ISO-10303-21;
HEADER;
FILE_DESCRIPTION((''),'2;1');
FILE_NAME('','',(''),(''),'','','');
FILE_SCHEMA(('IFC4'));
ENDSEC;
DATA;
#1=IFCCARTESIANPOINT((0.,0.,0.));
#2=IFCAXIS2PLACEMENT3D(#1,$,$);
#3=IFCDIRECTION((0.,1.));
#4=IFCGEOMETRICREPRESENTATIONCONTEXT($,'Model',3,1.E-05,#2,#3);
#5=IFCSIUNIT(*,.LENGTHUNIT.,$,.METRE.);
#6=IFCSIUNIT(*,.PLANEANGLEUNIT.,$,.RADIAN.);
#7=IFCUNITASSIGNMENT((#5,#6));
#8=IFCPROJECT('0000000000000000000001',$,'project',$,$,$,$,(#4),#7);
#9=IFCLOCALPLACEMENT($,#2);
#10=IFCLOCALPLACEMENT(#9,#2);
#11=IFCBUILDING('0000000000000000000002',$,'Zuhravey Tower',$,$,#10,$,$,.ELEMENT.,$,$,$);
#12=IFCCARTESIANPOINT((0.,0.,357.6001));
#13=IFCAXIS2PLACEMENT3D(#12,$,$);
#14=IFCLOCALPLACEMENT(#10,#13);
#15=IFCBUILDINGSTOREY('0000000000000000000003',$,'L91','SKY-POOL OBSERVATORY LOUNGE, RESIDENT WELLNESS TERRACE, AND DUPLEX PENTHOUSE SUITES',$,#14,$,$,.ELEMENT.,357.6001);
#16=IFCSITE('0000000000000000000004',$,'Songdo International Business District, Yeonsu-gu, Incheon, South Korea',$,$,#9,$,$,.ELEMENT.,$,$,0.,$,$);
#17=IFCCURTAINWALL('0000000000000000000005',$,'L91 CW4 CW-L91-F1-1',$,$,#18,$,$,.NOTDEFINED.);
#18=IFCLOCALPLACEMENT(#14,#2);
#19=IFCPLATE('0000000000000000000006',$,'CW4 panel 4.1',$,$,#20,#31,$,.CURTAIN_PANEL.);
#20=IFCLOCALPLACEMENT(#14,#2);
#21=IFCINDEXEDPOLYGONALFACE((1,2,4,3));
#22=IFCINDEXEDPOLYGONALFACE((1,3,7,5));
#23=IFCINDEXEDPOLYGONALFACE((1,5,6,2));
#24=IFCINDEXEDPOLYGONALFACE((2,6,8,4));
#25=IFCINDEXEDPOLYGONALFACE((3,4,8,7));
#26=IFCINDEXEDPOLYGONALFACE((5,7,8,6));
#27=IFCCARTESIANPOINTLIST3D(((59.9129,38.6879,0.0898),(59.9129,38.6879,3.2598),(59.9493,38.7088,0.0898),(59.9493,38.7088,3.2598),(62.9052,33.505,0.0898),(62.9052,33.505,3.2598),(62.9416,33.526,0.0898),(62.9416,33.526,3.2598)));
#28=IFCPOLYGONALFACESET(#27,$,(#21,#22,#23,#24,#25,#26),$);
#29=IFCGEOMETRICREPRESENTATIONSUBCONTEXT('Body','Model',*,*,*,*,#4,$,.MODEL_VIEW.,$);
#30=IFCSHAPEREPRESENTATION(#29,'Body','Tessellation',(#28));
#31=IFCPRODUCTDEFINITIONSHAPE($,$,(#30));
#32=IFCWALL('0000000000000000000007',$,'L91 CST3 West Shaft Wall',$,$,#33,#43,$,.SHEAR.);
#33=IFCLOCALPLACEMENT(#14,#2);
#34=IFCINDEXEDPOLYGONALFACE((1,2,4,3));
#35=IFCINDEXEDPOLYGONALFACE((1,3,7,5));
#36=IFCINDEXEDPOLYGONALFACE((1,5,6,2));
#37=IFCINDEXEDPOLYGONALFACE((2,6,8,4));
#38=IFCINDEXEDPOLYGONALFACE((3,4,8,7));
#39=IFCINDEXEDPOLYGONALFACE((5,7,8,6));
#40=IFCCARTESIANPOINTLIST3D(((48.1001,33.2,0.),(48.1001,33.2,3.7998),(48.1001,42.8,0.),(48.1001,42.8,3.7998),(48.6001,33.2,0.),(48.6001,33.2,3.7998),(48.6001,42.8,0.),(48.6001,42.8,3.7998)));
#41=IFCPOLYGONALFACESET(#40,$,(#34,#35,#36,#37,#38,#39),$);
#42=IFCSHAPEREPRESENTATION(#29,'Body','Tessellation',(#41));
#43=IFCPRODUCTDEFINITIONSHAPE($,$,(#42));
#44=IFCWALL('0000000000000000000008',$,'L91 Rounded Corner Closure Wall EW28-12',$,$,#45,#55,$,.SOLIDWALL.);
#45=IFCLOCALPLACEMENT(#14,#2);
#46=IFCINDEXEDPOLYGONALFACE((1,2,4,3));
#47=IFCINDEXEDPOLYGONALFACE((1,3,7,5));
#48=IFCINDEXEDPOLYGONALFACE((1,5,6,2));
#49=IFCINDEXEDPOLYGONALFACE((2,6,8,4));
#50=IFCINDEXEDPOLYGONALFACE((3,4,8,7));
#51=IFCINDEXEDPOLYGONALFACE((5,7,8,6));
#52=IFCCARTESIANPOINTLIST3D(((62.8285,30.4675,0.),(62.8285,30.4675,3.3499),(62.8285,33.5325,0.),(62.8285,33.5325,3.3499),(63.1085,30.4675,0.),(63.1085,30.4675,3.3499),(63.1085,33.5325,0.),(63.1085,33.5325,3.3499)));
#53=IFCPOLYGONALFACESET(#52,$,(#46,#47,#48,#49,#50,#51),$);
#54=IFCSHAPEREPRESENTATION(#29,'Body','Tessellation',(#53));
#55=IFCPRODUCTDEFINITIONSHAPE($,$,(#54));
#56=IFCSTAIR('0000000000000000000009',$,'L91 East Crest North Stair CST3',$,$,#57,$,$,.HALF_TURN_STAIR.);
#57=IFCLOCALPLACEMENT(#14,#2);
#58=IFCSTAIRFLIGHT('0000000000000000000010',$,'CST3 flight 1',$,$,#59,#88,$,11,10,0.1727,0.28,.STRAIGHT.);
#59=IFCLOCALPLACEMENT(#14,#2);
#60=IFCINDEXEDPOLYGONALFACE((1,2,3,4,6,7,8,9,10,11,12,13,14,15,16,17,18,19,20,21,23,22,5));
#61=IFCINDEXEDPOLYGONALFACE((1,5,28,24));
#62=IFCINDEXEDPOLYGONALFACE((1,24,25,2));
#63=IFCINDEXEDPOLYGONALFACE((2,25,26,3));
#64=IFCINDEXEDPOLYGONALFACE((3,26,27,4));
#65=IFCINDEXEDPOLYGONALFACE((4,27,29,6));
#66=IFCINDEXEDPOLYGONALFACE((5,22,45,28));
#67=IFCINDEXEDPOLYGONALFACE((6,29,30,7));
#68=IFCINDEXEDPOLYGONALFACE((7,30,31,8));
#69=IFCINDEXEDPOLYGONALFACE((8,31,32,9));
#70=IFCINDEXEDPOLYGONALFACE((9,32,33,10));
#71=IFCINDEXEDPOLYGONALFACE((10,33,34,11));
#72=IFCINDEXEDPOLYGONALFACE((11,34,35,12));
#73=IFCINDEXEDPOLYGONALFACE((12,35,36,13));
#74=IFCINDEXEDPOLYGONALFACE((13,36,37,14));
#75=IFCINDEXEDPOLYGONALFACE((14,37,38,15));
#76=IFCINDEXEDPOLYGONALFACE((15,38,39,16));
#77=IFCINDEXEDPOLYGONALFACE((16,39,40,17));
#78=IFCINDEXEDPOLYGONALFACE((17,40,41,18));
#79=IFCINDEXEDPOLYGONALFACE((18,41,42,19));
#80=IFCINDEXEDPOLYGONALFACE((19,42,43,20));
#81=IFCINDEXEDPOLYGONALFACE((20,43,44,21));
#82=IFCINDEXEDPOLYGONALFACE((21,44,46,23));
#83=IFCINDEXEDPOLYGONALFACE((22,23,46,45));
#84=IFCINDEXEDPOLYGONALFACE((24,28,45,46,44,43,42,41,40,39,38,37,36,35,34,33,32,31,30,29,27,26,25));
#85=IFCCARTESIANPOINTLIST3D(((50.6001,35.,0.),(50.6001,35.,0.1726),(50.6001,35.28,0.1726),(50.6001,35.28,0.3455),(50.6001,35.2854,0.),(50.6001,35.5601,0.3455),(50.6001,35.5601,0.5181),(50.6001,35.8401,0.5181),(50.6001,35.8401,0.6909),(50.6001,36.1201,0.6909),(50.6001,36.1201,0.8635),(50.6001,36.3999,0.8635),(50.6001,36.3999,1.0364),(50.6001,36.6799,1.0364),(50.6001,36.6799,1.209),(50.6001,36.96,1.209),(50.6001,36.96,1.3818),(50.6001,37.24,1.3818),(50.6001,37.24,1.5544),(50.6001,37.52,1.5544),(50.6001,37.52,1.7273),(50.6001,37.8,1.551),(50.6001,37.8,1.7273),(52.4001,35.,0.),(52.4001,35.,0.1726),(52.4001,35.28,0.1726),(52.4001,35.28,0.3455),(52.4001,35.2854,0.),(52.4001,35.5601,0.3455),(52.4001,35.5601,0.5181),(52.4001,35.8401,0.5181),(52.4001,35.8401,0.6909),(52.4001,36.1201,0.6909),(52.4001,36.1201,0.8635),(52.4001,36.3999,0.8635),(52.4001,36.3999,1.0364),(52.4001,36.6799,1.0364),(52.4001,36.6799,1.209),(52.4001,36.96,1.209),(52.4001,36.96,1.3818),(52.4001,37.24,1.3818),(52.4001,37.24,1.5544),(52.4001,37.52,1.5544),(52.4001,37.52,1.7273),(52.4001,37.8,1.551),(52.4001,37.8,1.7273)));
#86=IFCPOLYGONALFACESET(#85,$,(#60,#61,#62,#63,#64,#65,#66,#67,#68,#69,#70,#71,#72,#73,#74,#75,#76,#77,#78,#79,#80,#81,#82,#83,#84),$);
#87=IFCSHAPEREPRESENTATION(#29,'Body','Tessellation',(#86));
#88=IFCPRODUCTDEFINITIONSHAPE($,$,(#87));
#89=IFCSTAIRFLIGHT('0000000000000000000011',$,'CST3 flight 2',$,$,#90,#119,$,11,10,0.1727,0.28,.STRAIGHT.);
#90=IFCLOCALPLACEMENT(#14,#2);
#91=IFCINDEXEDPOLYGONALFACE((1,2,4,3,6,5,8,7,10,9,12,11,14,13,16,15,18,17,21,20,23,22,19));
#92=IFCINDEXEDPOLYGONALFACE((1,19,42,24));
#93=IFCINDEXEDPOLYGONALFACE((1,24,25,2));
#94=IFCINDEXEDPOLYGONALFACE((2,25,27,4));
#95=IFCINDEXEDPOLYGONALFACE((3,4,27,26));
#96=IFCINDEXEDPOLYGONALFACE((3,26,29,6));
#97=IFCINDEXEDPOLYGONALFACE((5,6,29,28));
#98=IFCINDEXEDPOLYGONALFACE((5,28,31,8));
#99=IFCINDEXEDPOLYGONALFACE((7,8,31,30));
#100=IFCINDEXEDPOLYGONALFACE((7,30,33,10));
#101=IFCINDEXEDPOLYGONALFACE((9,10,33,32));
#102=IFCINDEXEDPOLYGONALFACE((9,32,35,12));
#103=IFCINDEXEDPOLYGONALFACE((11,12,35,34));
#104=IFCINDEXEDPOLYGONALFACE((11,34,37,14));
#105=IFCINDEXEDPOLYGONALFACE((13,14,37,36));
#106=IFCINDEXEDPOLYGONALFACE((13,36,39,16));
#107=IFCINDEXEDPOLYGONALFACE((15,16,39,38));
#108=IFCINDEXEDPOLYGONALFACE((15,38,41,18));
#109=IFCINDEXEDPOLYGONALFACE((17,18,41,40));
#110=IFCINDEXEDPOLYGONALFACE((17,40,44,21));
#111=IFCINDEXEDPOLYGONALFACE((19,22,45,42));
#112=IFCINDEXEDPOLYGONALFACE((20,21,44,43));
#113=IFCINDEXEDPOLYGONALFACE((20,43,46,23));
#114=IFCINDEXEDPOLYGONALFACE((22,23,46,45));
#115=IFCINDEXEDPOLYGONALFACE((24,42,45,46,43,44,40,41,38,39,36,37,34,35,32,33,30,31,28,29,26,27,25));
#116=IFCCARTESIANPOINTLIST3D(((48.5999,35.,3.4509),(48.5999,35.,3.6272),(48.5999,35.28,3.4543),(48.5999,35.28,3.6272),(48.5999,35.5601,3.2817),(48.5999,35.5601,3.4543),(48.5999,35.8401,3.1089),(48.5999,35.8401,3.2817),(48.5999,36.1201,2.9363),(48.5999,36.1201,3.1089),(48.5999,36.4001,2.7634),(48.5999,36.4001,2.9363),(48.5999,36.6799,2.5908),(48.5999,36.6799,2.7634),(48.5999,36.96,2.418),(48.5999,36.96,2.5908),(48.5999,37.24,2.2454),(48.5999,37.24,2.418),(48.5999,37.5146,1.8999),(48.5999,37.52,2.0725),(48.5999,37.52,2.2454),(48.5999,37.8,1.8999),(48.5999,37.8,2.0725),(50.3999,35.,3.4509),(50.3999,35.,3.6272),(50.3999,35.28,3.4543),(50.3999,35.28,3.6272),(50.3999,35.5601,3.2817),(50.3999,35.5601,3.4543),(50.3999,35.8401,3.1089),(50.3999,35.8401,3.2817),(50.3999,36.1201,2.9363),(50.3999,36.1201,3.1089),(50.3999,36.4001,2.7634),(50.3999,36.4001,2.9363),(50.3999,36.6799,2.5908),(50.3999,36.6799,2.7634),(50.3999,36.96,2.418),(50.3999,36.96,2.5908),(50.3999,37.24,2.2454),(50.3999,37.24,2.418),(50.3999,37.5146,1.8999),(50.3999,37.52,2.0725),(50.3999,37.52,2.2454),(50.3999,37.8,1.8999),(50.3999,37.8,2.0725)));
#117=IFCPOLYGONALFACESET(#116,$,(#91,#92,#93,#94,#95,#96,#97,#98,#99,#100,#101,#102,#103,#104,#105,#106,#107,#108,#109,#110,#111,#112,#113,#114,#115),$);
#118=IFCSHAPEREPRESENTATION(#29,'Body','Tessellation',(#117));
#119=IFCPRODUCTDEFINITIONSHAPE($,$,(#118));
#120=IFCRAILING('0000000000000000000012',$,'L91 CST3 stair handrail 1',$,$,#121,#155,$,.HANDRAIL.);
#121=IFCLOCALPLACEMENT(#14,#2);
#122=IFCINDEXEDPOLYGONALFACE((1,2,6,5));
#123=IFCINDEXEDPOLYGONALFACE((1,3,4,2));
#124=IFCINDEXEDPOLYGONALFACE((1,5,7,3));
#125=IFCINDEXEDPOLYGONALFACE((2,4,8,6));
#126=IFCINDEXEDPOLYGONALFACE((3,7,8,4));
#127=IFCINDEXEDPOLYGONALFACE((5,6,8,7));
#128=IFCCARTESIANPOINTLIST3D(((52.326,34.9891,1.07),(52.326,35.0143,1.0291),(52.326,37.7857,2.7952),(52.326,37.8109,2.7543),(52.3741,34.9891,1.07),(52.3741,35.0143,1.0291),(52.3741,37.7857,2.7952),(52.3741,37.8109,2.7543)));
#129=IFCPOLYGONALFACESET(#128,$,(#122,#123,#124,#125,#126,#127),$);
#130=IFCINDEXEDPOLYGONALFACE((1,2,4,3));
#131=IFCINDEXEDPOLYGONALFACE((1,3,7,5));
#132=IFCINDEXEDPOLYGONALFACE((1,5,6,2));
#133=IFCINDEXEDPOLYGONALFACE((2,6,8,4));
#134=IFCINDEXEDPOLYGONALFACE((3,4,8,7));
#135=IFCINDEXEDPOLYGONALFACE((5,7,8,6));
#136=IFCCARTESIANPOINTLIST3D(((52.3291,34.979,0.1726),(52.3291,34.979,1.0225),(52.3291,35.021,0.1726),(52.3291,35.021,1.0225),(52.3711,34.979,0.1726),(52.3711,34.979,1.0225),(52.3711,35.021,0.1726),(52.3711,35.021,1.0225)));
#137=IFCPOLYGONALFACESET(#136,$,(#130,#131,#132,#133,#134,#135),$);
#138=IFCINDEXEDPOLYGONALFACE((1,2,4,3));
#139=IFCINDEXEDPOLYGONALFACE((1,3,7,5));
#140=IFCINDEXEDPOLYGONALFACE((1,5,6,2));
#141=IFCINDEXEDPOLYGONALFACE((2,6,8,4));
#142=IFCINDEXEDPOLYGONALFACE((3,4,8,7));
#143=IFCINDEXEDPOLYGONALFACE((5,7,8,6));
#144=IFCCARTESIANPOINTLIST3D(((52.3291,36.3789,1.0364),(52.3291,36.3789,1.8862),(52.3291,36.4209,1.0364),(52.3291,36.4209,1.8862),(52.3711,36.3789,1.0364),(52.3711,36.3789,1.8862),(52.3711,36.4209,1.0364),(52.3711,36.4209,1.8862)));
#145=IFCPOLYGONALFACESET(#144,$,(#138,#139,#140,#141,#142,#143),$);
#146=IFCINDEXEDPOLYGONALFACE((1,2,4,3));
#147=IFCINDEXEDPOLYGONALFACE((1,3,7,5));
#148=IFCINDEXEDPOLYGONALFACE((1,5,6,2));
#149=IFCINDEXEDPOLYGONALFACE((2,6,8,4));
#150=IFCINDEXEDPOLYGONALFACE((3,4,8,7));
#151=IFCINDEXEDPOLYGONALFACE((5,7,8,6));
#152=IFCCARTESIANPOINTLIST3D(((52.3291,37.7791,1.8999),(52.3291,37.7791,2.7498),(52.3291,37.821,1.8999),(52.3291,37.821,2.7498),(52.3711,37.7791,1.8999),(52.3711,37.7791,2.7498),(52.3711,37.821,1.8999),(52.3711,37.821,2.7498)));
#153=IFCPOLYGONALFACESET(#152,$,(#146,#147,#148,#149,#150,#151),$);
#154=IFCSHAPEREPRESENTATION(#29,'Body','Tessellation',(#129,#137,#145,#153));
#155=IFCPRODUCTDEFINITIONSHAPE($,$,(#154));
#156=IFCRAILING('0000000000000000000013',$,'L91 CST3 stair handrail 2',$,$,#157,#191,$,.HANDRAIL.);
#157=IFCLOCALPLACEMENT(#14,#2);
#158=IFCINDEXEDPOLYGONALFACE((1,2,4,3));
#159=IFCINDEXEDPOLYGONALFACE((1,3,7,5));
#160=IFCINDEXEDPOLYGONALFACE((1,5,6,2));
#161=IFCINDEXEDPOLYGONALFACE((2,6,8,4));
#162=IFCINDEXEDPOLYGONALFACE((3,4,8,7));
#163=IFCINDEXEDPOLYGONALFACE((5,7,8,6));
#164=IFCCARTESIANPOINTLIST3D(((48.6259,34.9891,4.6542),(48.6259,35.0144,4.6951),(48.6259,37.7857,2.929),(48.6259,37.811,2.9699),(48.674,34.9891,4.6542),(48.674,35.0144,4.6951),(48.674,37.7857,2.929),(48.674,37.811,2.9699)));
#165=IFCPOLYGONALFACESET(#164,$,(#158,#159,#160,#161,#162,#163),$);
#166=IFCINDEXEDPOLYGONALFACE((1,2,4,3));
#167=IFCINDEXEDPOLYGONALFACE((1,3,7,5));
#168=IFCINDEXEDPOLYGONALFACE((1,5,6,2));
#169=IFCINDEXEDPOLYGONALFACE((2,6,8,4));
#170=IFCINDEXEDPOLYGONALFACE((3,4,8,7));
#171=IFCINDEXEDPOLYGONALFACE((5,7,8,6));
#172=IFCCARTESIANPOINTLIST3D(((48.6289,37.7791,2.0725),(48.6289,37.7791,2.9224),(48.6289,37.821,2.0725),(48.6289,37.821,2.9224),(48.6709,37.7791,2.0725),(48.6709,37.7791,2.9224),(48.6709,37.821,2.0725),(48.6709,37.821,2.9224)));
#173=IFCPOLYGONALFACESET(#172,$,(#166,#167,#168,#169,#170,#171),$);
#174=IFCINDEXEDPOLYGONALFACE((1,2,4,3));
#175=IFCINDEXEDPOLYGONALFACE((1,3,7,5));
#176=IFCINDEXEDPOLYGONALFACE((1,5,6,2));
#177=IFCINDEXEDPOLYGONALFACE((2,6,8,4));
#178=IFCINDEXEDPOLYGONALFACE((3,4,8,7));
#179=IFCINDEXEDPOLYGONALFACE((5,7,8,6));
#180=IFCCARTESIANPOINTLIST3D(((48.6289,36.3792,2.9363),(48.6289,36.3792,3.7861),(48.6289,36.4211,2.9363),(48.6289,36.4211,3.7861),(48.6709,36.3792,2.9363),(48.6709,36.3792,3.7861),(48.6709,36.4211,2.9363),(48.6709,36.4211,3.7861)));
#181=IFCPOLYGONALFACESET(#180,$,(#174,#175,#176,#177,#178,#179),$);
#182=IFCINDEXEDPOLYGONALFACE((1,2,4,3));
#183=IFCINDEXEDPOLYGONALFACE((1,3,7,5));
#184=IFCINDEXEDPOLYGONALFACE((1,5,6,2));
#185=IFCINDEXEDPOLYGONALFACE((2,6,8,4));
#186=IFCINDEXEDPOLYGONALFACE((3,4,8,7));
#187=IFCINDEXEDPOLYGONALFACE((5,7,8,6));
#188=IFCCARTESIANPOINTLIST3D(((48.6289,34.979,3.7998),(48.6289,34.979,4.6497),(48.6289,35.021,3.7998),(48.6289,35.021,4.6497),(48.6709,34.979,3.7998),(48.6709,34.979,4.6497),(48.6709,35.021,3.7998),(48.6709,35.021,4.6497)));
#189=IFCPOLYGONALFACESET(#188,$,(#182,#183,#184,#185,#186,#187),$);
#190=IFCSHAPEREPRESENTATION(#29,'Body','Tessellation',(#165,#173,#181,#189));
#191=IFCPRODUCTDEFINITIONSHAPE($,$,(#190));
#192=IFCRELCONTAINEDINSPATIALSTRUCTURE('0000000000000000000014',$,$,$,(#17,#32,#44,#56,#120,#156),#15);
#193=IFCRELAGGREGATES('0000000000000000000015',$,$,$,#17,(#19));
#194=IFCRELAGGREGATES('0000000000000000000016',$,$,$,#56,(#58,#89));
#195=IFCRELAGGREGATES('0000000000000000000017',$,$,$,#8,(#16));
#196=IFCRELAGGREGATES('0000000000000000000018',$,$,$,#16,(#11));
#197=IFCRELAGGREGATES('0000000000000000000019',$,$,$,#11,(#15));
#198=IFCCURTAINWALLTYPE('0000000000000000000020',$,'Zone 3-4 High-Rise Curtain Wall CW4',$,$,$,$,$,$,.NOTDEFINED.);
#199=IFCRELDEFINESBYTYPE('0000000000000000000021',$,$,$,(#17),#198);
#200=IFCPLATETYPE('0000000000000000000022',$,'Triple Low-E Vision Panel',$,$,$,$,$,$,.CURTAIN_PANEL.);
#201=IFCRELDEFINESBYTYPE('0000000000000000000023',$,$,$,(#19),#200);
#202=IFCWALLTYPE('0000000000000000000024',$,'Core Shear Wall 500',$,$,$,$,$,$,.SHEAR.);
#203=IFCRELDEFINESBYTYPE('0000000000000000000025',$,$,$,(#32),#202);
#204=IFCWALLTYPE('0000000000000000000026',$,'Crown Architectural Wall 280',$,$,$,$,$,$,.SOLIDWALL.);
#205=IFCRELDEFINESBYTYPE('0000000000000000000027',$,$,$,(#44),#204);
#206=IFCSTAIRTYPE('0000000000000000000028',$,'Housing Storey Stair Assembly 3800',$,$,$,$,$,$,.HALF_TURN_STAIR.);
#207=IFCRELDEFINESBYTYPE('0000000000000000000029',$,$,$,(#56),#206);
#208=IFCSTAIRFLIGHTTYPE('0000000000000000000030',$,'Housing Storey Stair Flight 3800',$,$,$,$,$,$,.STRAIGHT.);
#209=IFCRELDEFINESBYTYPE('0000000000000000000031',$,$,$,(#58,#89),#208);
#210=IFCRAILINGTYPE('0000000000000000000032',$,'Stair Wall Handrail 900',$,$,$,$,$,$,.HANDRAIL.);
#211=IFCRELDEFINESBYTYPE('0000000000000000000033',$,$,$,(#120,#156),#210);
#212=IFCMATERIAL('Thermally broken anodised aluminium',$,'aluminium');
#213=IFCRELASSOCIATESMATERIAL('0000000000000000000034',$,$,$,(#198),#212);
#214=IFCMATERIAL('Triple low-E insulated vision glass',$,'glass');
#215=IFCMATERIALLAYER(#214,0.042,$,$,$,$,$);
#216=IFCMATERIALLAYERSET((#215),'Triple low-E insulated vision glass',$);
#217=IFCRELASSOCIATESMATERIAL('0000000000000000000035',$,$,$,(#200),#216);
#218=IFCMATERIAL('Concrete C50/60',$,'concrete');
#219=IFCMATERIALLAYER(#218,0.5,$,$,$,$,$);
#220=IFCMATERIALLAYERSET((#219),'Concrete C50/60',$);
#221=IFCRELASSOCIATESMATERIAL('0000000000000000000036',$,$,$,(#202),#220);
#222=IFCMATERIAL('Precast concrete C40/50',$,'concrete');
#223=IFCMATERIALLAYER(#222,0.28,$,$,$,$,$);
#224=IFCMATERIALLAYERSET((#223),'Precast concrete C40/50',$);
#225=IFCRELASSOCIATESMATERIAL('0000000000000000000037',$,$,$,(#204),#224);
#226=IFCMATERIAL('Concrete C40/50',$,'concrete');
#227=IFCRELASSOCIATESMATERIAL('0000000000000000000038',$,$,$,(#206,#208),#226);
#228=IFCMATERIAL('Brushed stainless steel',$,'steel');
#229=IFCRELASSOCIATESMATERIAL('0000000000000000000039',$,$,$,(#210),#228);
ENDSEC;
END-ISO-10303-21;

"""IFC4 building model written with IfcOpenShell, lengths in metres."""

from ifc_helpers import new_model, si_unit, direction, frame, frame_2d, origin, origin_2d, place, context, subcontext, project, spatial, polyline, rectangle, outline, extrude, material, layer, layer_set, type_object, element, aggregate, save


model = new_model("IFC4")

# Units and contexts
model_context = context("Model", 3, precision=1e-05, world=origin(), true_north=direction((0.0, 1.0)))
body_context = subcontext(model_context, "Body", "Model", "MODEL_VIEW")
ifc_project = project(units=[si_unit("LENGTHUNIT", "METRE"), si_unit("PLANEANGLEUNIT", "RADIAN")], contexts=[model_context])

# Site, building, storey
site_placement = place(None, origin())
site = spatial("IfcSite", under=ifc_project, at=site_placement, Name="Songdo International Business District, Yeonsu-gu, Incheon, South Korea", CompositionType="ELEMENT", RefElevation=0.0)
building_placement = place(site_placement, origin())
building = spatial("IfcBuilding", under=site, at=building_placement, Name="Zuhravey Tower", CompositionType="ELEMENT")
storey_placement = place(building_placement, frame((0.0, 0.0, 357.6001)))
storey = spatial("IfcBuildingStorey", under=building, at=storey_placement, Name="L91", Description="SKY-POOL OBSERVATORY LOUNGE, RESIDENT WELLNESS TERRACE, AND DUPLEX PENTHOUSE SUITES", CompositionType="ELEMENT", Elevation=357.6001)

# Shared definitions
ifc_material_1 = material(Name="Concrete C50/60", Category="concrete")

# Curtain wall
ifc_material_2 = material(Name="Thermally broken anodised aluminium", Category="aluminium")
curtain_wall_type = type_object("IfcCurtainWallType", Name="Zone 3-4 High-Rise Curtain Wall CW4", PredefinedType="NOTDEFINED", material=ifc_material_2)
curtain_wall_placement = place(storey_placement, origin())
curtain_wall = element("IfcCurtainWall", 1, at=curtain_wall_placement, inside=storey, type_object=curtain_wall_type, Name="L91 CW4 CW-L91-F1-1", PredefinedType="NOTDEFINED")

# Plate
ifc_material_3 = material(Name="Triple low-E insulated vision glass", Category="glass")
ifc_layer_1 = layer(ifc_material_3, 0.042)
ifc_layer_set_1 = layer_set([ifc_layer_1], Name="Triple low-E insulated vision glass")
plate_type_1 = type_object("IfcPlateType", Name="Triple Low-E Vision Panel", PredefinedType="CURTAIN_PANEL", material=ifc_layer_set_1)
plate_1_placement = place(storey_placement, frame((61.4272, 36.1069, 0.0898), z_axis=(0.0, 0.0, 1.0), x_axis=(0.5, -0.866026, 0.0)))
plate_1 = element("IfcPlate", 2, at=plate_1_placement, type_object=plate_type_1, Name="CW4 panel 4.1", PredefinedType="CURTAIN_PANEL", context=body_context, shape_type="SweptSolid", body=[
    extrude(rectangle(XDim=5.9846, YDim=0.042, at=origin_2d()), origin(), (0.0, 0.0, 1.0), 3.1699),
])
aggregate(curtain_wall, [plate_1])

# Walls
ifc_layer_2 = layer(ifc_material_1, 0.5)
ifc_layer_set_2 = layer_set([ifc_layer_2], Name="Concrete C50/60")
wall_type_1 = type_object("IfcWallType", Name="Core Shear Wall 500", PredefinedType="SHEAR", material=ifc_layer_set_2)
wall_1_placement = place(storey_placement, frame((48.3501, 33.2, 0.0), z_axis=(0.0, 0.0, 1.0), x_axis=(0.0, 1.0, 0.0)))
element("IfcWall", 3, at=wall_1_placement, inside=storey, type_object=wall_type_1, Name="L91 CST3 West Shaft Wall", PredefinedType="SHEAR", context=body_context, shape_type="SweptSolid", body=[
    extrude(rectangle(XDim=9.6001, YDim=0.5, at=frame_2d((4.8, 0.0))), origin(), (0.0, 0.0, 1.0), 3.7998),
])
ifc_material_4 = material(Name="Precast concrete C40/50", Category="concrete")
ifc_layer_3 = layer(ifc_material_4, 0.28)
ifc_layer_set_3 = layer_set([ifc_layer_3], Name="Precast concrete C40/50")
wall_type_2 = type_object("IfcWallType", Name="Crown Architectural Wall 280", PredefinedType="SOLIDWALL", material=ifc_layer_set_3)
wall_2_placement = place(storey_placement, frame((62.9685, 33.5325, 0.0), z_axis=(0.0, 0.0, 1.0), x_axis=(0.0, -1.0, 0.0)))
element("IfcWall", 4, at=wall_2_placement, inside=storey, type_object=wall_type_2, Name="L91 Rounded Corner Closure Wall EW28-12", PredefinedType="SOLIDWALL", context=body_context, shape_type="SweptSolid", body=[
    extrude(rectangle(XDim=3.0649, YDim=0.28, at=frame_2d((1.5325, 0.0))), origin(), (0.0, 0.0, 1.0), 3.3499),
])

# Stair, stair flights
ifc_material_5 = material(Name="Concrete C40/50", Category="concrete")
stair_type = type_object("IfcStairType", Name="Housing Storey Stair Assembly 3800", PredefinedType="HALF_TURN_STAIR", material=ifc_material_5)
stair_placement = place(storey_placement, origin())
stair = element("IfcStair", 5, at=stair_placement, inside=storey, type_object=stair_type, Name="L91 East Crest North Stair CST3", PredefinedType="HALF_TURN_STAIR")
stair_flight_type = type_object("IfcStairFlightType", Name="Housing Storey Stair Flight 3800", PredefinedType="STRAIGHT", material=ifc_material_5)
stair_flight_1_placement = place(storey_placement, frame((51.5, 35.0, 0.0), z_axis=(0.0, 0.0, 1.0), x_axis=(0.0, 1.0, 0.0)))
stair_flight_1 = element("IfcStairFlight", 6, at=stair_flight_1_placement, type_object=stair_flight_type, Name="CST3 flight 1", NumberOfRisers=11, NumberOfTreads=10, PredefinedType="STRAIGHT", RiserHeight=0.1727, TreadLength=0.28, context=body_context, shape_type="SweptSolid", body=[
    extrude(outline(polyline([(0.0, 0.0), (0.0, 0.1726), (0.28, 0.1726), (0.28, 0.3455), (0.5601, 0.3455), (0.5601, 0.5181), (0.8401, 0.5181), (0.8401, 0.6909), (1.1201, 0.6909), (1.1201, 0.8635), (1.3999, 0.8635), (1.3999, 1.0364), (1.6799, 1.0364), (1.6799, 1.209), (1.96, 1.209), (1.96, 1.3818), (2.24, 1.3818), (2.24, 1.5544), (2.52, 1.5544), (2.52, 1.7273), (2.8, 1.7273), (2.8, 1.8999), (2.8, 1.551), (0.2854, 0.0), (0.0, 0.0)])), frame((0.0, 0.8999, 0.0), z_axis=(0.0, -1.0, 0.0), x_axis=(1.0, 0.0, 0.0)), (0.0, 0.0, 1.0), 1.8),
])
stair_flight_2_placement = place(storey_placement, frame((49.5, 37.8, 1.8999), z_axis=(0.0, 0.0, 1.0), x_axis=(0.0, -1.0, 0.0)))
stair_flight_2 = element("IfcStairFlight", 7, at=stair_flight_2_placement, type_object=stair_flight_type, Name="CST3 flight 2", NumberOfRisers=11, NumberOfTreads=10, PredefinedType="STRAIGHT", RiserHeight=0.1727, TreadLength=0.28, context=body_context, shape_type="SweptSolid", body=[
    extrude(outline(polyline([(0.0, 0.0), (0.0, 0.1726), (0.28, 0.1726), (0.28, 0.3455), (0.5601, 0.3455), (0.5601, 0.5181), (0.8401, 0.5181), (0.8401, 0.6909), (1.1201, 0.6909), (1.1201, 0.8635), (1.3999, 0.8635), (1.3999, 1.0364), (1.6799, 1.0364), (1.6799, 1.209), (1.96, 1.209), (1.96, 1.3818), (2.24, 1.3818), (2.24, 1.5544), (2.52, 1.5544), (2.52, 1.7273), (2.8, 1.7273), (2.8, 1.8999), (2.8, 1.551), (0.2854, 0.0), (0.0, 0.0)])), frame((0.0, 0.8999, 0.0), z_axis=(0.0, -1.0, 0.0), x_axis=(1.0, 0.0, 0.0)), (0.0, 0.0, 1.0), 1.8),
])
aggregate(stair, [stair_flight_1, stair_flight_2])

# Railings
ifc_material_6 = material(Name="Brushed stainless steel", Category="steel")
railing_type_1 = type_object("IfcRailingType", Name="Stair Wall Handrail 900", PredefinedType="HANDRAIL", material=ifc_material_6)
railing_1_placement = place(storey_placement, frame((52.3501, 35.0, 0.1726)))
element("IfcRailing", 8, at=railing_1_placement, inside=storey, type_object=railing_type_1, Name="L91 CST3 stair handrail 1", PredefinedType="HANDRAIL", context=body_context, shape_type="SweptSolid", body=[
    extrude(rectangle(XDim=0.0481, YDim=0.0481, at=origin_2d()), frame((0.0, 0.0017, 0.877), z_axis=(0.0, 0.85109, 0.52502), x_axis=(-1.0, 0.0, 0.0)), (0.0, 0.0, 1.0), 3.2859),
    extrude(rectangle(XDim=0.042, YDim=0.042, at=origin_2d()), origin(), (0.0, 0.0, 1.0), 0.8499),
    extrude(rectangle(XDim=0.042, YDim=0.042, at=origin_2d()), frame((0.0, 1.3999, 0.8638)), (0.0, 0.0, 1.0), 0.8499),
    extrude(rectangle(XDim=0.042, YDim=0.042, at=origin_2d()), frame((0.0, 2.8, 1.7273)), (0.0, 0.0, 1.0), 0.8499),
])
railing_2_placement = place(storey_placement, frame((48.6499, 37.8, 2.0725)))
element("IfcRailing", 9, at=railing_2_placement, inside=storey, type_object=railing_type_1, Name="L91 CST3 stair handrail 2", PredefinedType="HANDRAIL", context=body_context, shape_type="SweptSolid", body=[
    extrude(rectangle(XDim=0.0481, YDim=0.0481, at=origin_2d()), frame((0.0, -0.0017, 0.877), z_axis=(0.0, -0.85109, 0.52502), x_axis=(1.0, 0.0, 0.0)), (0.0, 0.0, 1.0), 3.2859),
    extrude(rectangle(XDim=0.042, YDim=0.042, at=origin_2d()), origin(), (0.0, 0.0, 1.0), 0.8499),
    extrude(rectangle(XDim=0.042, YDim=0.042, at=origin_2d()), frame((0.0, -1.3999, 0.8638)), (0.0, 0.0, 1.0), 0.8499),
    extrude(rectangle(XDim=0.042, YDim=0.042, at=origin_2d()), frame((0.0, -2.8, 1.7273)), (0.0, 0.0, 1.0), 0.8499),
])

save(model, "model.ifc")
